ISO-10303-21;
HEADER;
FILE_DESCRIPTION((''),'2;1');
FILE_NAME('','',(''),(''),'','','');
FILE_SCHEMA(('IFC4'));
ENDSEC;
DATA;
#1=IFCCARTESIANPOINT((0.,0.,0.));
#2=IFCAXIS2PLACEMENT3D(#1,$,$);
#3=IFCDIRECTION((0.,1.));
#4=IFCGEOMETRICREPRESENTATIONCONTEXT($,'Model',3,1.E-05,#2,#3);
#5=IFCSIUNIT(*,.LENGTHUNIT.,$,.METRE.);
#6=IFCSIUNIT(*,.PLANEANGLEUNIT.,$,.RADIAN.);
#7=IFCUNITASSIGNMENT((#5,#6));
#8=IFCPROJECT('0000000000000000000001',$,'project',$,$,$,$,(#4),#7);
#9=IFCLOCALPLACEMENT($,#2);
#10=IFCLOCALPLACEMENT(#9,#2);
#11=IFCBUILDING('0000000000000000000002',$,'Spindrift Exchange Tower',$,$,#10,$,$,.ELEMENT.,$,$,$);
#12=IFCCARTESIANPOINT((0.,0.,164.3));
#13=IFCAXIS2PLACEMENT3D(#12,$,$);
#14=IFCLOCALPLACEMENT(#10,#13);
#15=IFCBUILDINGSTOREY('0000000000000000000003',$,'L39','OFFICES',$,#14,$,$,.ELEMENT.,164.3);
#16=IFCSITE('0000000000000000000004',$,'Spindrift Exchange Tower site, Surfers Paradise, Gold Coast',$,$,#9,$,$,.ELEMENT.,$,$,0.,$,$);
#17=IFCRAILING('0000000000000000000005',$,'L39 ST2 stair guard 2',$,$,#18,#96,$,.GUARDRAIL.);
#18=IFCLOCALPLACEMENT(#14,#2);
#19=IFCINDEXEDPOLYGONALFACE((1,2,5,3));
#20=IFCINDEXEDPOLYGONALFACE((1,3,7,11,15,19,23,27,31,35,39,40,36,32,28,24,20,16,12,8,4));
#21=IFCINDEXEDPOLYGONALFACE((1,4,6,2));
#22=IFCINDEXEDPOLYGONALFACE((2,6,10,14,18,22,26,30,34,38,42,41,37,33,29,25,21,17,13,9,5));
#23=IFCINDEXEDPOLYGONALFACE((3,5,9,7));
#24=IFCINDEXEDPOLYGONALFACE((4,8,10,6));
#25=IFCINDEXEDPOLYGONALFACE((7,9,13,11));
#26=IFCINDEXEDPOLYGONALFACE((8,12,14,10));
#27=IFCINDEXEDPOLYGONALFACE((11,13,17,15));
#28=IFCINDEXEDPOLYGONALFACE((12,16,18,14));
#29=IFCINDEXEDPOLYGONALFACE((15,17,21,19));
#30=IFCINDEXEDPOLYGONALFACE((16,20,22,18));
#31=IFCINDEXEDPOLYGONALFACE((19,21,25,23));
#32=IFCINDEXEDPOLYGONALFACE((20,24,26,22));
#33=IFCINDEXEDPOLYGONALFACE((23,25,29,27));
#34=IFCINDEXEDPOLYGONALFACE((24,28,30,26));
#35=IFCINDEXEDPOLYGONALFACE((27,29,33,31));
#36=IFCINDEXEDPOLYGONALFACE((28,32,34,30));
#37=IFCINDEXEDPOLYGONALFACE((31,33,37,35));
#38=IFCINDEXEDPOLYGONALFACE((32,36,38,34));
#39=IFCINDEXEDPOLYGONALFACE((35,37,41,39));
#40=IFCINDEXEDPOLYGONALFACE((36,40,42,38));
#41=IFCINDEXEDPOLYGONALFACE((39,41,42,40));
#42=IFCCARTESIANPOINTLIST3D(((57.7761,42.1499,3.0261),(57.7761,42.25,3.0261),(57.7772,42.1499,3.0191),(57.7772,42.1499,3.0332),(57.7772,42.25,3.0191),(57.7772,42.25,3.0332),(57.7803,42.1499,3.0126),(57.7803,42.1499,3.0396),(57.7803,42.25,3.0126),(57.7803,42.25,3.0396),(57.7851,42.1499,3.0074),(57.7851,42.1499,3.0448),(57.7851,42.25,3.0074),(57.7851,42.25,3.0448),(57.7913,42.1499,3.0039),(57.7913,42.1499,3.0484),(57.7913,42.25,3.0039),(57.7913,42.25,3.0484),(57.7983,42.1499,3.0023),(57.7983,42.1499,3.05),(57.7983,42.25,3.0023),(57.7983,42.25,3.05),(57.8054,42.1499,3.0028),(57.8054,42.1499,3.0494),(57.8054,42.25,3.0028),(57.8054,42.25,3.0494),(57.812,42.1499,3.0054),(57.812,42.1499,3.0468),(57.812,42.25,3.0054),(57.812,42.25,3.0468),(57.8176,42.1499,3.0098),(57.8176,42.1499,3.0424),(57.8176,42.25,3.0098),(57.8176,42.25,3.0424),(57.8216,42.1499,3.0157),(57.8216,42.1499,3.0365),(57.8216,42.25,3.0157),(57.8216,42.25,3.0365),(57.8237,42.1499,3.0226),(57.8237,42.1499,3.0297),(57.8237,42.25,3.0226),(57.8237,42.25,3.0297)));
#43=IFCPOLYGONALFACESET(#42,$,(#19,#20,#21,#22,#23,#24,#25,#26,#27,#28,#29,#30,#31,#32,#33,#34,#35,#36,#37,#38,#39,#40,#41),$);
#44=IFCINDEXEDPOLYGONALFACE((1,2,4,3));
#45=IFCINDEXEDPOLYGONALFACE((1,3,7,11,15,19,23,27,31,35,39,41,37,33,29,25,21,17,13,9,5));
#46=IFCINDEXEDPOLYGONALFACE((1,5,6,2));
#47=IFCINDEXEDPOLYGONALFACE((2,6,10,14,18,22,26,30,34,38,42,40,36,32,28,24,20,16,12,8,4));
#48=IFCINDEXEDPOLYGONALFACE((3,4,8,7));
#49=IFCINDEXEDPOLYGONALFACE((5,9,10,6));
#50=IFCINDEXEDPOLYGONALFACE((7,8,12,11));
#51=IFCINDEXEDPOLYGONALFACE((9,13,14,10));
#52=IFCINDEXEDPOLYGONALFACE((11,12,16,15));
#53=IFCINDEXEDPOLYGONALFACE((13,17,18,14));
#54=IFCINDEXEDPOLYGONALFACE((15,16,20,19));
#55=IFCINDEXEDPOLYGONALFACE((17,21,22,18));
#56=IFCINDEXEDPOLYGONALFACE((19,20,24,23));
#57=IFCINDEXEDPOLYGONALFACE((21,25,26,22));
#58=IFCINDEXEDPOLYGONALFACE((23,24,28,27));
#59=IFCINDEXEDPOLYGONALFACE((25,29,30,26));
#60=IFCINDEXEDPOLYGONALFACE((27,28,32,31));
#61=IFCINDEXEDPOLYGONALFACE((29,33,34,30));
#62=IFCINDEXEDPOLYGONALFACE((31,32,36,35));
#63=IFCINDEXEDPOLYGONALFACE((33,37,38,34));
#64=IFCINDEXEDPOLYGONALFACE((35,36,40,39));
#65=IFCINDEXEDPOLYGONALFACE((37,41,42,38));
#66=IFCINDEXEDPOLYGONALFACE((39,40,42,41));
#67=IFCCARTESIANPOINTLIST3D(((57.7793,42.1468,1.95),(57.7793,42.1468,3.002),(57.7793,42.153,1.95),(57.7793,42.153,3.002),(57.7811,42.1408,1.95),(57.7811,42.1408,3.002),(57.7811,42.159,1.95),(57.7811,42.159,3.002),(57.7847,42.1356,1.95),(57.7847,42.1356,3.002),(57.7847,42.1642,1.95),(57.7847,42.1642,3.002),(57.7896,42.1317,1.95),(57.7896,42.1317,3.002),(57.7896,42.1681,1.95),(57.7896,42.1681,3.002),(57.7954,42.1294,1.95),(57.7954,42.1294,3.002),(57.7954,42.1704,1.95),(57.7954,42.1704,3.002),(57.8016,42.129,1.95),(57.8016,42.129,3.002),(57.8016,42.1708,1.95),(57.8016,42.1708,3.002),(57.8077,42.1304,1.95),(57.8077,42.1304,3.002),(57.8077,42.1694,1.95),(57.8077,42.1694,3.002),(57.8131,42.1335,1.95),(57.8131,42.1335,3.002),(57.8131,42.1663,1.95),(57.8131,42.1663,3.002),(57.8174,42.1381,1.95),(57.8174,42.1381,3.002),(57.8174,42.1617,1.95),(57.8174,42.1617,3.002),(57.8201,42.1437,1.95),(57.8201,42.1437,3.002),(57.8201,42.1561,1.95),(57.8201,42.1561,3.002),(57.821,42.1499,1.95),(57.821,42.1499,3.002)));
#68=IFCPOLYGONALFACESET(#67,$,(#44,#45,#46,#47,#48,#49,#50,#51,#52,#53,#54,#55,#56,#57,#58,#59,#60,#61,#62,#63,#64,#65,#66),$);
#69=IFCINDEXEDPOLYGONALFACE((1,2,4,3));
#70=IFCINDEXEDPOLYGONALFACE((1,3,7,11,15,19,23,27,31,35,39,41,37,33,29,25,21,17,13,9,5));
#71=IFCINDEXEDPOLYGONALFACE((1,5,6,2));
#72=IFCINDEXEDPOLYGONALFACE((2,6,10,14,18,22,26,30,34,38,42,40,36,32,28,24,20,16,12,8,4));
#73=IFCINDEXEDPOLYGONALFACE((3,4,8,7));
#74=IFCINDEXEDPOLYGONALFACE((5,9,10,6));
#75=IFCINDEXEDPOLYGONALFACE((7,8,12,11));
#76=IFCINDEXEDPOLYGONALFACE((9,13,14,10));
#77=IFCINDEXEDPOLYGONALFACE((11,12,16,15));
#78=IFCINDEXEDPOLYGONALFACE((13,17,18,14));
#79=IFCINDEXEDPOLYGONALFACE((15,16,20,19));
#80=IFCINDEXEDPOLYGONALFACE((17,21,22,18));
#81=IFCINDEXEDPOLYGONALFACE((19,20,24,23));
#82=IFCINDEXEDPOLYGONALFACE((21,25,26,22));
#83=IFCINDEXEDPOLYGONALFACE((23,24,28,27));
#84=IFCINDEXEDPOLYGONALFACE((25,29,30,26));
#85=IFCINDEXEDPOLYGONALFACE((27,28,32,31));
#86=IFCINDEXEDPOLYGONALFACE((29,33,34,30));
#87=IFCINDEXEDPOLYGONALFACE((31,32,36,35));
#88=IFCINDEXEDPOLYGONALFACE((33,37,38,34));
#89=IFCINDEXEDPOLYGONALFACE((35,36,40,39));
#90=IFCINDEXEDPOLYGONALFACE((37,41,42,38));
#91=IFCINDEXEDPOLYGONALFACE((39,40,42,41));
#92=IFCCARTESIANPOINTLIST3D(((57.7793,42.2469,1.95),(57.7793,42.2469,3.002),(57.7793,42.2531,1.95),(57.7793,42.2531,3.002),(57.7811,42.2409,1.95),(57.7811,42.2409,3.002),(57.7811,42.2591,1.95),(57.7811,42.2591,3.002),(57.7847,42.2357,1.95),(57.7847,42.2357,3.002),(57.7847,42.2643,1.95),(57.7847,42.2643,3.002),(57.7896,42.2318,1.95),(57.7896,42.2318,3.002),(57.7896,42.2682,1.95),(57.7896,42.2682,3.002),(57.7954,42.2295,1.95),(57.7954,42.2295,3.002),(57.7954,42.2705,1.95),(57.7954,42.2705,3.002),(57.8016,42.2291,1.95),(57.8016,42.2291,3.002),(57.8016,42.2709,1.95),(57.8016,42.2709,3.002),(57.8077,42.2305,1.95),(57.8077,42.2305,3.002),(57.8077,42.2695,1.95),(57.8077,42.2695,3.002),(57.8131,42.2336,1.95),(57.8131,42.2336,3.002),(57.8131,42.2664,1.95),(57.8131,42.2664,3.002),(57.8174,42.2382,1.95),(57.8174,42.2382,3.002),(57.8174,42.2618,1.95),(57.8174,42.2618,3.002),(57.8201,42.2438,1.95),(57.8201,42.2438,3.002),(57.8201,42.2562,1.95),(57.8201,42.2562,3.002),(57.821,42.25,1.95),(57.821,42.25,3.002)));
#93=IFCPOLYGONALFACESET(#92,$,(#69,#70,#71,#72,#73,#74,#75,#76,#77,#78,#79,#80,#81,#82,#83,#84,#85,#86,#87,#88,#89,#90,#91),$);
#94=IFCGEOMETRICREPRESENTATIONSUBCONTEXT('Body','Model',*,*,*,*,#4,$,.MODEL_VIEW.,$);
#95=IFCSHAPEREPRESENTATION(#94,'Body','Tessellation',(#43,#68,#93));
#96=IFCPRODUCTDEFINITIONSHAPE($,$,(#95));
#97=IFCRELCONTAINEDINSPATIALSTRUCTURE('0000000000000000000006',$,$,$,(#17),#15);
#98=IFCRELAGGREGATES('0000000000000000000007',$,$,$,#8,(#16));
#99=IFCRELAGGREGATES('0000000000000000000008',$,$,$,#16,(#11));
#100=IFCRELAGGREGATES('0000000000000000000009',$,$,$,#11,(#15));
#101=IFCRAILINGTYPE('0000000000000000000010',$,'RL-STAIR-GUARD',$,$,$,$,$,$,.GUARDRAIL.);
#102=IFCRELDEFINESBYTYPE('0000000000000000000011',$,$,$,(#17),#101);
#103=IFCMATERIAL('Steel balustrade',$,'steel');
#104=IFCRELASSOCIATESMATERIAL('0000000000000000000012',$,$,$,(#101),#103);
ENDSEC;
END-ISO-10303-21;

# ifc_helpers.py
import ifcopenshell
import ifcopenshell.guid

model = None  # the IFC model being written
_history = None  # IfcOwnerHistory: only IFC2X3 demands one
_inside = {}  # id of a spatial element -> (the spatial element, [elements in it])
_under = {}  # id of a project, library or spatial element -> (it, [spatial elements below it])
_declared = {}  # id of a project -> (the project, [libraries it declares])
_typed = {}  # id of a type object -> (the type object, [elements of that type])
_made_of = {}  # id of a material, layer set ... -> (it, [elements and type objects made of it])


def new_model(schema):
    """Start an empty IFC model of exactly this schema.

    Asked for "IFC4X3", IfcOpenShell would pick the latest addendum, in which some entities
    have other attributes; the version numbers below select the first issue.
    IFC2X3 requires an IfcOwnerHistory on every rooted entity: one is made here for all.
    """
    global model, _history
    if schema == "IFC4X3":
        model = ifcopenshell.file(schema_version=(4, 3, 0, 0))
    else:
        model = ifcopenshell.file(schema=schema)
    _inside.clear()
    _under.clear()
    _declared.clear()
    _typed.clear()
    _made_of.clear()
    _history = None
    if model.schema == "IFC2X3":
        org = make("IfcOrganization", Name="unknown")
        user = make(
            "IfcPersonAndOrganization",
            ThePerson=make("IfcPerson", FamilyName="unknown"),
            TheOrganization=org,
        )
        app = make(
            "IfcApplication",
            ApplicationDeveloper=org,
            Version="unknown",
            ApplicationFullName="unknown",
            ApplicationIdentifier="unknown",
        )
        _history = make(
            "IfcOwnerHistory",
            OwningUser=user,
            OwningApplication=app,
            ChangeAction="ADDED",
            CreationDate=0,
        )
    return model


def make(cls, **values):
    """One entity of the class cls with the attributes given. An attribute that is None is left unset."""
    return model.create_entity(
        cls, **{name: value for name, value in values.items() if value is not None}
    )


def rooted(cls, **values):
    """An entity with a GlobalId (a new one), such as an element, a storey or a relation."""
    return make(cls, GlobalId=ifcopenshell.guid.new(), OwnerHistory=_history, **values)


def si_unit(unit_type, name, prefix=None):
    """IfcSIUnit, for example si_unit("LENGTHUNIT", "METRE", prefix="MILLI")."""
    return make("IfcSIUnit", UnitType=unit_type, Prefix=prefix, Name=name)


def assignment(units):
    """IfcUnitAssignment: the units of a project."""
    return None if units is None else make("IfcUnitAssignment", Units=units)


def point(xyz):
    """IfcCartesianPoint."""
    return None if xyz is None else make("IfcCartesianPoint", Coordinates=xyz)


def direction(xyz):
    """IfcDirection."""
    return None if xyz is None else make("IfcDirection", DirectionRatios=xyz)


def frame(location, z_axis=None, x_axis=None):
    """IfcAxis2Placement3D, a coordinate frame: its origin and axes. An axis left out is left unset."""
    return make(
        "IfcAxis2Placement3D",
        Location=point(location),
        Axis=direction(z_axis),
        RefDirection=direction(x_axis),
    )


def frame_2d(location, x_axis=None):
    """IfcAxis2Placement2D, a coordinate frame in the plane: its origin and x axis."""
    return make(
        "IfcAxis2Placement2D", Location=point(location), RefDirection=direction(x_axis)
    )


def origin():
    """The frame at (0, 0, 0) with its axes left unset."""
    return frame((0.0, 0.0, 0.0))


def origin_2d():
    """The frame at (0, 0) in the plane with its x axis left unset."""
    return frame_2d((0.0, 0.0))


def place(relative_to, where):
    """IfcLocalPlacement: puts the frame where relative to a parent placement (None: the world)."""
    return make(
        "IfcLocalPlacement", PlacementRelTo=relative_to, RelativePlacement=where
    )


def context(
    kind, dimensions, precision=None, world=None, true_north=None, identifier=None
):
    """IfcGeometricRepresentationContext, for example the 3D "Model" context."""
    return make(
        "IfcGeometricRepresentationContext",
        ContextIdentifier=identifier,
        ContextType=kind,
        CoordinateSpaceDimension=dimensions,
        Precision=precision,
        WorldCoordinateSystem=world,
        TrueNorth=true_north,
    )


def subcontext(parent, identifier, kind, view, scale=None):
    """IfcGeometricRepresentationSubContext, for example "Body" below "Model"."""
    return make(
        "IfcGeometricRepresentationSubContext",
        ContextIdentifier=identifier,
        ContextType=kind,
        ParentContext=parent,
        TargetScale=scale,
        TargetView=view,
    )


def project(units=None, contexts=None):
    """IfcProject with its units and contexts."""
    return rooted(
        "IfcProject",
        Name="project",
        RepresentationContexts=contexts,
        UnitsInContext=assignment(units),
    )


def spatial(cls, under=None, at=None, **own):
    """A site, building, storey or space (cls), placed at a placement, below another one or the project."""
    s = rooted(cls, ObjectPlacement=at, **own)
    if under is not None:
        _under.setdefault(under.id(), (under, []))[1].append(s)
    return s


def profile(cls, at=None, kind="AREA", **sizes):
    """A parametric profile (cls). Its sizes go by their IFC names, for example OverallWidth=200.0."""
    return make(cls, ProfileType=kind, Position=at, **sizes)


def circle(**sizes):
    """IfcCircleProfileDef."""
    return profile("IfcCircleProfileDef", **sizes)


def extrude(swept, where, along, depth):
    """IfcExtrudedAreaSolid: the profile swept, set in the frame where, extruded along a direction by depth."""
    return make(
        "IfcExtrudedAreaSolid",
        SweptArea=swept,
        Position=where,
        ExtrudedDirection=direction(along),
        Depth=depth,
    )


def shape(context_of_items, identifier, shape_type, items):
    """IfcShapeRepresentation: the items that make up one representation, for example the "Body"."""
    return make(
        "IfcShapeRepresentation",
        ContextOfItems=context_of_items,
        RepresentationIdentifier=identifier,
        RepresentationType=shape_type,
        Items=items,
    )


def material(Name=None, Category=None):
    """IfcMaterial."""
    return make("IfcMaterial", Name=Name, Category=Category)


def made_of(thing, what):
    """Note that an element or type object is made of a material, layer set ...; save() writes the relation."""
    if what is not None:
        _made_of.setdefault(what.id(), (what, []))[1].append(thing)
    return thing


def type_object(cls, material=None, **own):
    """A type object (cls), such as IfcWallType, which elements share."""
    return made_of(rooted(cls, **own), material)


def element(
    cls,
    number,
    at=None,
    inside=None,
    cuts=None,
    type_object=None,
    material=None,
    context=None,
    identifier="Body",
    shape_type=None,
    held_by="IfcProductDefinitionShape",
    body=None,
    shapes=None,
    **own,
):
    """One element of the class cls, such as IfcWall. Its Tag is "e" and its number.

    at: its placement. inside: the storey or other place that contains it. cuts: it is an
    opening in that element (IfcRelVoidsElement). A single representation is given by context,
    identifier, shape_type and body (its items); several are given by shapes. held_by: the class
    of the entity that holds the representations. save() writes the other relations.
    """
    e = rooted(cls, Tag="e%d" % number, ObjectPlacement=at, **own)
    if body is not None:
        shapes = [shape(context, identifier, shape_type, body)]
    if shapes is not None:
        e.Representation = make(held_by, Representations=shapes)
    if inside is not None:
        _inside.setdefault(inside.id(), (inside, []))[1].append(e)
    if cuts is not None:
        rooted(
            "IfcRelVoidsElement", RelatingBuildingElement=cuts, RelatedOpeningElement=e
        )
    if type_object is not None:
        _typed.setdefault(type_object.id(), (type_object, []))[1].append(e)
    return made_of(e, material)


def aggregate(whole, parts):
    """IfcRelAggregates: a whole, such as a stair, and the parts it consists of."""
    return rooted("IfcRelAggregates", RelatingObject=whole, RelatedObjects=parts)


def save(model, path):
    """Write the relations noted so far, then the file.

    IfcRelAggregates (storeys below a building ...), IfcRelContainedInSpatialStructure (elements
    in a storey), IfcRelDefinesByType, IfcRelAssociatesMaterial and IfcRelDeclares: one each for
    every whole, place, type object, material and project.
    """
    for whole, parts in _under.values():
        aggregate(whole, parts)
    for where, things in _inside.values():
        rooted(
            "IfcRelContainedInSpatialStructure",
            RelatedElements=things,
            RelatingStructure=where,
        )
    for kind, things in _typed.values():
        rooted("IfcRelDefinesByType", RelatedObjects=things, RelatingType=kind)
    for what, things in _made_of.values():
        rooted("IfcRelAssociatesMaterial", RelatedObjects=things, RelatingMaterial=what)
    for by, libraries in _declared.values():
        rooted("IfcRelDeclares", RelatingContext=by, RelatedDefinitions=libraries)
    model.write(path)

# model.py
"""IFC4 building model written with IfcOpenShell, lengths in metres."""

from ifc_helpers import new_model, si_unit, direction, frame, origin, origin_2d, place, context, subcontext, project, spatial, circle, extrude, material, type_object, element, save


model = new_model("IFC4")

# Units and contexts
model_context = context("Model", 3, precision=1e-05, world=origin(), true_north=direction((0.0, 1.0)))
body_context = subcontext(model_context, "Body", "Model", "MODEL_VIEW")
ifc_project = project(units=[si_unit("LENGTHUNIT", "METRE"), si_unit("PLANEANGLEUNIT", "RADIAN")], contexts=[model_context])

# Site, building, storey
site_placement = place(None, origin())
site = spatial("IfcSite", under=ifc_project, at=site_placement, Name="Spindrift Exchange Tower site, Surfers Paradise, Gold Coast", CompositionType="ELEMENT", RefElevation=0.0)
building_placement = place(site_placement, origin())
building = spatial("IfcBuilding", under=site, at=building_placement, Name="Spindrift Exchange Tower", CompositionType="ELEMENT")
storey_placement = place(building_placement, frame((0.0, 0.0, 164.3)))
storey = spatial("IfcBuildingStorey", under=building, at=storey_placement, Name="L39", Description="OFFICES", CompositionType="ELEMENT", Elevation=164.3)

# Railing
ifc_material_1 = material(Name="Steel balustrade", Category="steel")
railing_type_1 = type_object("IfcRailingType", Name="RL-STAIR-GUARD", PredefinedType="GUARDRAIL", material=ifc_material_1)
railing_1_placement = place(storey_placement, frame((57.8, 42.1499, 1.95)))
element("IfcRailing", 1, at=railing_1_placement, inside=storey, type_object=railing_type_1, Name="L39 ST2 stair guard 2", PredefinedType="GUARDRAIL", context=body_context, shape_type="SweptSolid", body=[
    extrude(circle(Radius=0.0239, at=origin_2d()), frame((0.0, 0.0, 1.0762), z_axis=(0.0, 1.0, 0.0), x_axis=(-1.0, 0.0, 0.0)), (0.0, 0.0, 1.0), 0.1001),
    extrude(circle(Radius=0.021, at=origin_2d()), origin(), (0.0, 0.0, 1.0), 1.052),
    extrude(circle(Radius=0.021, at=origin_2d()), frame((0.0, 0.1001, 0.0)), (0.0, 0.0, 1.0), 1.052),
])

save(model, "model.ifc")
